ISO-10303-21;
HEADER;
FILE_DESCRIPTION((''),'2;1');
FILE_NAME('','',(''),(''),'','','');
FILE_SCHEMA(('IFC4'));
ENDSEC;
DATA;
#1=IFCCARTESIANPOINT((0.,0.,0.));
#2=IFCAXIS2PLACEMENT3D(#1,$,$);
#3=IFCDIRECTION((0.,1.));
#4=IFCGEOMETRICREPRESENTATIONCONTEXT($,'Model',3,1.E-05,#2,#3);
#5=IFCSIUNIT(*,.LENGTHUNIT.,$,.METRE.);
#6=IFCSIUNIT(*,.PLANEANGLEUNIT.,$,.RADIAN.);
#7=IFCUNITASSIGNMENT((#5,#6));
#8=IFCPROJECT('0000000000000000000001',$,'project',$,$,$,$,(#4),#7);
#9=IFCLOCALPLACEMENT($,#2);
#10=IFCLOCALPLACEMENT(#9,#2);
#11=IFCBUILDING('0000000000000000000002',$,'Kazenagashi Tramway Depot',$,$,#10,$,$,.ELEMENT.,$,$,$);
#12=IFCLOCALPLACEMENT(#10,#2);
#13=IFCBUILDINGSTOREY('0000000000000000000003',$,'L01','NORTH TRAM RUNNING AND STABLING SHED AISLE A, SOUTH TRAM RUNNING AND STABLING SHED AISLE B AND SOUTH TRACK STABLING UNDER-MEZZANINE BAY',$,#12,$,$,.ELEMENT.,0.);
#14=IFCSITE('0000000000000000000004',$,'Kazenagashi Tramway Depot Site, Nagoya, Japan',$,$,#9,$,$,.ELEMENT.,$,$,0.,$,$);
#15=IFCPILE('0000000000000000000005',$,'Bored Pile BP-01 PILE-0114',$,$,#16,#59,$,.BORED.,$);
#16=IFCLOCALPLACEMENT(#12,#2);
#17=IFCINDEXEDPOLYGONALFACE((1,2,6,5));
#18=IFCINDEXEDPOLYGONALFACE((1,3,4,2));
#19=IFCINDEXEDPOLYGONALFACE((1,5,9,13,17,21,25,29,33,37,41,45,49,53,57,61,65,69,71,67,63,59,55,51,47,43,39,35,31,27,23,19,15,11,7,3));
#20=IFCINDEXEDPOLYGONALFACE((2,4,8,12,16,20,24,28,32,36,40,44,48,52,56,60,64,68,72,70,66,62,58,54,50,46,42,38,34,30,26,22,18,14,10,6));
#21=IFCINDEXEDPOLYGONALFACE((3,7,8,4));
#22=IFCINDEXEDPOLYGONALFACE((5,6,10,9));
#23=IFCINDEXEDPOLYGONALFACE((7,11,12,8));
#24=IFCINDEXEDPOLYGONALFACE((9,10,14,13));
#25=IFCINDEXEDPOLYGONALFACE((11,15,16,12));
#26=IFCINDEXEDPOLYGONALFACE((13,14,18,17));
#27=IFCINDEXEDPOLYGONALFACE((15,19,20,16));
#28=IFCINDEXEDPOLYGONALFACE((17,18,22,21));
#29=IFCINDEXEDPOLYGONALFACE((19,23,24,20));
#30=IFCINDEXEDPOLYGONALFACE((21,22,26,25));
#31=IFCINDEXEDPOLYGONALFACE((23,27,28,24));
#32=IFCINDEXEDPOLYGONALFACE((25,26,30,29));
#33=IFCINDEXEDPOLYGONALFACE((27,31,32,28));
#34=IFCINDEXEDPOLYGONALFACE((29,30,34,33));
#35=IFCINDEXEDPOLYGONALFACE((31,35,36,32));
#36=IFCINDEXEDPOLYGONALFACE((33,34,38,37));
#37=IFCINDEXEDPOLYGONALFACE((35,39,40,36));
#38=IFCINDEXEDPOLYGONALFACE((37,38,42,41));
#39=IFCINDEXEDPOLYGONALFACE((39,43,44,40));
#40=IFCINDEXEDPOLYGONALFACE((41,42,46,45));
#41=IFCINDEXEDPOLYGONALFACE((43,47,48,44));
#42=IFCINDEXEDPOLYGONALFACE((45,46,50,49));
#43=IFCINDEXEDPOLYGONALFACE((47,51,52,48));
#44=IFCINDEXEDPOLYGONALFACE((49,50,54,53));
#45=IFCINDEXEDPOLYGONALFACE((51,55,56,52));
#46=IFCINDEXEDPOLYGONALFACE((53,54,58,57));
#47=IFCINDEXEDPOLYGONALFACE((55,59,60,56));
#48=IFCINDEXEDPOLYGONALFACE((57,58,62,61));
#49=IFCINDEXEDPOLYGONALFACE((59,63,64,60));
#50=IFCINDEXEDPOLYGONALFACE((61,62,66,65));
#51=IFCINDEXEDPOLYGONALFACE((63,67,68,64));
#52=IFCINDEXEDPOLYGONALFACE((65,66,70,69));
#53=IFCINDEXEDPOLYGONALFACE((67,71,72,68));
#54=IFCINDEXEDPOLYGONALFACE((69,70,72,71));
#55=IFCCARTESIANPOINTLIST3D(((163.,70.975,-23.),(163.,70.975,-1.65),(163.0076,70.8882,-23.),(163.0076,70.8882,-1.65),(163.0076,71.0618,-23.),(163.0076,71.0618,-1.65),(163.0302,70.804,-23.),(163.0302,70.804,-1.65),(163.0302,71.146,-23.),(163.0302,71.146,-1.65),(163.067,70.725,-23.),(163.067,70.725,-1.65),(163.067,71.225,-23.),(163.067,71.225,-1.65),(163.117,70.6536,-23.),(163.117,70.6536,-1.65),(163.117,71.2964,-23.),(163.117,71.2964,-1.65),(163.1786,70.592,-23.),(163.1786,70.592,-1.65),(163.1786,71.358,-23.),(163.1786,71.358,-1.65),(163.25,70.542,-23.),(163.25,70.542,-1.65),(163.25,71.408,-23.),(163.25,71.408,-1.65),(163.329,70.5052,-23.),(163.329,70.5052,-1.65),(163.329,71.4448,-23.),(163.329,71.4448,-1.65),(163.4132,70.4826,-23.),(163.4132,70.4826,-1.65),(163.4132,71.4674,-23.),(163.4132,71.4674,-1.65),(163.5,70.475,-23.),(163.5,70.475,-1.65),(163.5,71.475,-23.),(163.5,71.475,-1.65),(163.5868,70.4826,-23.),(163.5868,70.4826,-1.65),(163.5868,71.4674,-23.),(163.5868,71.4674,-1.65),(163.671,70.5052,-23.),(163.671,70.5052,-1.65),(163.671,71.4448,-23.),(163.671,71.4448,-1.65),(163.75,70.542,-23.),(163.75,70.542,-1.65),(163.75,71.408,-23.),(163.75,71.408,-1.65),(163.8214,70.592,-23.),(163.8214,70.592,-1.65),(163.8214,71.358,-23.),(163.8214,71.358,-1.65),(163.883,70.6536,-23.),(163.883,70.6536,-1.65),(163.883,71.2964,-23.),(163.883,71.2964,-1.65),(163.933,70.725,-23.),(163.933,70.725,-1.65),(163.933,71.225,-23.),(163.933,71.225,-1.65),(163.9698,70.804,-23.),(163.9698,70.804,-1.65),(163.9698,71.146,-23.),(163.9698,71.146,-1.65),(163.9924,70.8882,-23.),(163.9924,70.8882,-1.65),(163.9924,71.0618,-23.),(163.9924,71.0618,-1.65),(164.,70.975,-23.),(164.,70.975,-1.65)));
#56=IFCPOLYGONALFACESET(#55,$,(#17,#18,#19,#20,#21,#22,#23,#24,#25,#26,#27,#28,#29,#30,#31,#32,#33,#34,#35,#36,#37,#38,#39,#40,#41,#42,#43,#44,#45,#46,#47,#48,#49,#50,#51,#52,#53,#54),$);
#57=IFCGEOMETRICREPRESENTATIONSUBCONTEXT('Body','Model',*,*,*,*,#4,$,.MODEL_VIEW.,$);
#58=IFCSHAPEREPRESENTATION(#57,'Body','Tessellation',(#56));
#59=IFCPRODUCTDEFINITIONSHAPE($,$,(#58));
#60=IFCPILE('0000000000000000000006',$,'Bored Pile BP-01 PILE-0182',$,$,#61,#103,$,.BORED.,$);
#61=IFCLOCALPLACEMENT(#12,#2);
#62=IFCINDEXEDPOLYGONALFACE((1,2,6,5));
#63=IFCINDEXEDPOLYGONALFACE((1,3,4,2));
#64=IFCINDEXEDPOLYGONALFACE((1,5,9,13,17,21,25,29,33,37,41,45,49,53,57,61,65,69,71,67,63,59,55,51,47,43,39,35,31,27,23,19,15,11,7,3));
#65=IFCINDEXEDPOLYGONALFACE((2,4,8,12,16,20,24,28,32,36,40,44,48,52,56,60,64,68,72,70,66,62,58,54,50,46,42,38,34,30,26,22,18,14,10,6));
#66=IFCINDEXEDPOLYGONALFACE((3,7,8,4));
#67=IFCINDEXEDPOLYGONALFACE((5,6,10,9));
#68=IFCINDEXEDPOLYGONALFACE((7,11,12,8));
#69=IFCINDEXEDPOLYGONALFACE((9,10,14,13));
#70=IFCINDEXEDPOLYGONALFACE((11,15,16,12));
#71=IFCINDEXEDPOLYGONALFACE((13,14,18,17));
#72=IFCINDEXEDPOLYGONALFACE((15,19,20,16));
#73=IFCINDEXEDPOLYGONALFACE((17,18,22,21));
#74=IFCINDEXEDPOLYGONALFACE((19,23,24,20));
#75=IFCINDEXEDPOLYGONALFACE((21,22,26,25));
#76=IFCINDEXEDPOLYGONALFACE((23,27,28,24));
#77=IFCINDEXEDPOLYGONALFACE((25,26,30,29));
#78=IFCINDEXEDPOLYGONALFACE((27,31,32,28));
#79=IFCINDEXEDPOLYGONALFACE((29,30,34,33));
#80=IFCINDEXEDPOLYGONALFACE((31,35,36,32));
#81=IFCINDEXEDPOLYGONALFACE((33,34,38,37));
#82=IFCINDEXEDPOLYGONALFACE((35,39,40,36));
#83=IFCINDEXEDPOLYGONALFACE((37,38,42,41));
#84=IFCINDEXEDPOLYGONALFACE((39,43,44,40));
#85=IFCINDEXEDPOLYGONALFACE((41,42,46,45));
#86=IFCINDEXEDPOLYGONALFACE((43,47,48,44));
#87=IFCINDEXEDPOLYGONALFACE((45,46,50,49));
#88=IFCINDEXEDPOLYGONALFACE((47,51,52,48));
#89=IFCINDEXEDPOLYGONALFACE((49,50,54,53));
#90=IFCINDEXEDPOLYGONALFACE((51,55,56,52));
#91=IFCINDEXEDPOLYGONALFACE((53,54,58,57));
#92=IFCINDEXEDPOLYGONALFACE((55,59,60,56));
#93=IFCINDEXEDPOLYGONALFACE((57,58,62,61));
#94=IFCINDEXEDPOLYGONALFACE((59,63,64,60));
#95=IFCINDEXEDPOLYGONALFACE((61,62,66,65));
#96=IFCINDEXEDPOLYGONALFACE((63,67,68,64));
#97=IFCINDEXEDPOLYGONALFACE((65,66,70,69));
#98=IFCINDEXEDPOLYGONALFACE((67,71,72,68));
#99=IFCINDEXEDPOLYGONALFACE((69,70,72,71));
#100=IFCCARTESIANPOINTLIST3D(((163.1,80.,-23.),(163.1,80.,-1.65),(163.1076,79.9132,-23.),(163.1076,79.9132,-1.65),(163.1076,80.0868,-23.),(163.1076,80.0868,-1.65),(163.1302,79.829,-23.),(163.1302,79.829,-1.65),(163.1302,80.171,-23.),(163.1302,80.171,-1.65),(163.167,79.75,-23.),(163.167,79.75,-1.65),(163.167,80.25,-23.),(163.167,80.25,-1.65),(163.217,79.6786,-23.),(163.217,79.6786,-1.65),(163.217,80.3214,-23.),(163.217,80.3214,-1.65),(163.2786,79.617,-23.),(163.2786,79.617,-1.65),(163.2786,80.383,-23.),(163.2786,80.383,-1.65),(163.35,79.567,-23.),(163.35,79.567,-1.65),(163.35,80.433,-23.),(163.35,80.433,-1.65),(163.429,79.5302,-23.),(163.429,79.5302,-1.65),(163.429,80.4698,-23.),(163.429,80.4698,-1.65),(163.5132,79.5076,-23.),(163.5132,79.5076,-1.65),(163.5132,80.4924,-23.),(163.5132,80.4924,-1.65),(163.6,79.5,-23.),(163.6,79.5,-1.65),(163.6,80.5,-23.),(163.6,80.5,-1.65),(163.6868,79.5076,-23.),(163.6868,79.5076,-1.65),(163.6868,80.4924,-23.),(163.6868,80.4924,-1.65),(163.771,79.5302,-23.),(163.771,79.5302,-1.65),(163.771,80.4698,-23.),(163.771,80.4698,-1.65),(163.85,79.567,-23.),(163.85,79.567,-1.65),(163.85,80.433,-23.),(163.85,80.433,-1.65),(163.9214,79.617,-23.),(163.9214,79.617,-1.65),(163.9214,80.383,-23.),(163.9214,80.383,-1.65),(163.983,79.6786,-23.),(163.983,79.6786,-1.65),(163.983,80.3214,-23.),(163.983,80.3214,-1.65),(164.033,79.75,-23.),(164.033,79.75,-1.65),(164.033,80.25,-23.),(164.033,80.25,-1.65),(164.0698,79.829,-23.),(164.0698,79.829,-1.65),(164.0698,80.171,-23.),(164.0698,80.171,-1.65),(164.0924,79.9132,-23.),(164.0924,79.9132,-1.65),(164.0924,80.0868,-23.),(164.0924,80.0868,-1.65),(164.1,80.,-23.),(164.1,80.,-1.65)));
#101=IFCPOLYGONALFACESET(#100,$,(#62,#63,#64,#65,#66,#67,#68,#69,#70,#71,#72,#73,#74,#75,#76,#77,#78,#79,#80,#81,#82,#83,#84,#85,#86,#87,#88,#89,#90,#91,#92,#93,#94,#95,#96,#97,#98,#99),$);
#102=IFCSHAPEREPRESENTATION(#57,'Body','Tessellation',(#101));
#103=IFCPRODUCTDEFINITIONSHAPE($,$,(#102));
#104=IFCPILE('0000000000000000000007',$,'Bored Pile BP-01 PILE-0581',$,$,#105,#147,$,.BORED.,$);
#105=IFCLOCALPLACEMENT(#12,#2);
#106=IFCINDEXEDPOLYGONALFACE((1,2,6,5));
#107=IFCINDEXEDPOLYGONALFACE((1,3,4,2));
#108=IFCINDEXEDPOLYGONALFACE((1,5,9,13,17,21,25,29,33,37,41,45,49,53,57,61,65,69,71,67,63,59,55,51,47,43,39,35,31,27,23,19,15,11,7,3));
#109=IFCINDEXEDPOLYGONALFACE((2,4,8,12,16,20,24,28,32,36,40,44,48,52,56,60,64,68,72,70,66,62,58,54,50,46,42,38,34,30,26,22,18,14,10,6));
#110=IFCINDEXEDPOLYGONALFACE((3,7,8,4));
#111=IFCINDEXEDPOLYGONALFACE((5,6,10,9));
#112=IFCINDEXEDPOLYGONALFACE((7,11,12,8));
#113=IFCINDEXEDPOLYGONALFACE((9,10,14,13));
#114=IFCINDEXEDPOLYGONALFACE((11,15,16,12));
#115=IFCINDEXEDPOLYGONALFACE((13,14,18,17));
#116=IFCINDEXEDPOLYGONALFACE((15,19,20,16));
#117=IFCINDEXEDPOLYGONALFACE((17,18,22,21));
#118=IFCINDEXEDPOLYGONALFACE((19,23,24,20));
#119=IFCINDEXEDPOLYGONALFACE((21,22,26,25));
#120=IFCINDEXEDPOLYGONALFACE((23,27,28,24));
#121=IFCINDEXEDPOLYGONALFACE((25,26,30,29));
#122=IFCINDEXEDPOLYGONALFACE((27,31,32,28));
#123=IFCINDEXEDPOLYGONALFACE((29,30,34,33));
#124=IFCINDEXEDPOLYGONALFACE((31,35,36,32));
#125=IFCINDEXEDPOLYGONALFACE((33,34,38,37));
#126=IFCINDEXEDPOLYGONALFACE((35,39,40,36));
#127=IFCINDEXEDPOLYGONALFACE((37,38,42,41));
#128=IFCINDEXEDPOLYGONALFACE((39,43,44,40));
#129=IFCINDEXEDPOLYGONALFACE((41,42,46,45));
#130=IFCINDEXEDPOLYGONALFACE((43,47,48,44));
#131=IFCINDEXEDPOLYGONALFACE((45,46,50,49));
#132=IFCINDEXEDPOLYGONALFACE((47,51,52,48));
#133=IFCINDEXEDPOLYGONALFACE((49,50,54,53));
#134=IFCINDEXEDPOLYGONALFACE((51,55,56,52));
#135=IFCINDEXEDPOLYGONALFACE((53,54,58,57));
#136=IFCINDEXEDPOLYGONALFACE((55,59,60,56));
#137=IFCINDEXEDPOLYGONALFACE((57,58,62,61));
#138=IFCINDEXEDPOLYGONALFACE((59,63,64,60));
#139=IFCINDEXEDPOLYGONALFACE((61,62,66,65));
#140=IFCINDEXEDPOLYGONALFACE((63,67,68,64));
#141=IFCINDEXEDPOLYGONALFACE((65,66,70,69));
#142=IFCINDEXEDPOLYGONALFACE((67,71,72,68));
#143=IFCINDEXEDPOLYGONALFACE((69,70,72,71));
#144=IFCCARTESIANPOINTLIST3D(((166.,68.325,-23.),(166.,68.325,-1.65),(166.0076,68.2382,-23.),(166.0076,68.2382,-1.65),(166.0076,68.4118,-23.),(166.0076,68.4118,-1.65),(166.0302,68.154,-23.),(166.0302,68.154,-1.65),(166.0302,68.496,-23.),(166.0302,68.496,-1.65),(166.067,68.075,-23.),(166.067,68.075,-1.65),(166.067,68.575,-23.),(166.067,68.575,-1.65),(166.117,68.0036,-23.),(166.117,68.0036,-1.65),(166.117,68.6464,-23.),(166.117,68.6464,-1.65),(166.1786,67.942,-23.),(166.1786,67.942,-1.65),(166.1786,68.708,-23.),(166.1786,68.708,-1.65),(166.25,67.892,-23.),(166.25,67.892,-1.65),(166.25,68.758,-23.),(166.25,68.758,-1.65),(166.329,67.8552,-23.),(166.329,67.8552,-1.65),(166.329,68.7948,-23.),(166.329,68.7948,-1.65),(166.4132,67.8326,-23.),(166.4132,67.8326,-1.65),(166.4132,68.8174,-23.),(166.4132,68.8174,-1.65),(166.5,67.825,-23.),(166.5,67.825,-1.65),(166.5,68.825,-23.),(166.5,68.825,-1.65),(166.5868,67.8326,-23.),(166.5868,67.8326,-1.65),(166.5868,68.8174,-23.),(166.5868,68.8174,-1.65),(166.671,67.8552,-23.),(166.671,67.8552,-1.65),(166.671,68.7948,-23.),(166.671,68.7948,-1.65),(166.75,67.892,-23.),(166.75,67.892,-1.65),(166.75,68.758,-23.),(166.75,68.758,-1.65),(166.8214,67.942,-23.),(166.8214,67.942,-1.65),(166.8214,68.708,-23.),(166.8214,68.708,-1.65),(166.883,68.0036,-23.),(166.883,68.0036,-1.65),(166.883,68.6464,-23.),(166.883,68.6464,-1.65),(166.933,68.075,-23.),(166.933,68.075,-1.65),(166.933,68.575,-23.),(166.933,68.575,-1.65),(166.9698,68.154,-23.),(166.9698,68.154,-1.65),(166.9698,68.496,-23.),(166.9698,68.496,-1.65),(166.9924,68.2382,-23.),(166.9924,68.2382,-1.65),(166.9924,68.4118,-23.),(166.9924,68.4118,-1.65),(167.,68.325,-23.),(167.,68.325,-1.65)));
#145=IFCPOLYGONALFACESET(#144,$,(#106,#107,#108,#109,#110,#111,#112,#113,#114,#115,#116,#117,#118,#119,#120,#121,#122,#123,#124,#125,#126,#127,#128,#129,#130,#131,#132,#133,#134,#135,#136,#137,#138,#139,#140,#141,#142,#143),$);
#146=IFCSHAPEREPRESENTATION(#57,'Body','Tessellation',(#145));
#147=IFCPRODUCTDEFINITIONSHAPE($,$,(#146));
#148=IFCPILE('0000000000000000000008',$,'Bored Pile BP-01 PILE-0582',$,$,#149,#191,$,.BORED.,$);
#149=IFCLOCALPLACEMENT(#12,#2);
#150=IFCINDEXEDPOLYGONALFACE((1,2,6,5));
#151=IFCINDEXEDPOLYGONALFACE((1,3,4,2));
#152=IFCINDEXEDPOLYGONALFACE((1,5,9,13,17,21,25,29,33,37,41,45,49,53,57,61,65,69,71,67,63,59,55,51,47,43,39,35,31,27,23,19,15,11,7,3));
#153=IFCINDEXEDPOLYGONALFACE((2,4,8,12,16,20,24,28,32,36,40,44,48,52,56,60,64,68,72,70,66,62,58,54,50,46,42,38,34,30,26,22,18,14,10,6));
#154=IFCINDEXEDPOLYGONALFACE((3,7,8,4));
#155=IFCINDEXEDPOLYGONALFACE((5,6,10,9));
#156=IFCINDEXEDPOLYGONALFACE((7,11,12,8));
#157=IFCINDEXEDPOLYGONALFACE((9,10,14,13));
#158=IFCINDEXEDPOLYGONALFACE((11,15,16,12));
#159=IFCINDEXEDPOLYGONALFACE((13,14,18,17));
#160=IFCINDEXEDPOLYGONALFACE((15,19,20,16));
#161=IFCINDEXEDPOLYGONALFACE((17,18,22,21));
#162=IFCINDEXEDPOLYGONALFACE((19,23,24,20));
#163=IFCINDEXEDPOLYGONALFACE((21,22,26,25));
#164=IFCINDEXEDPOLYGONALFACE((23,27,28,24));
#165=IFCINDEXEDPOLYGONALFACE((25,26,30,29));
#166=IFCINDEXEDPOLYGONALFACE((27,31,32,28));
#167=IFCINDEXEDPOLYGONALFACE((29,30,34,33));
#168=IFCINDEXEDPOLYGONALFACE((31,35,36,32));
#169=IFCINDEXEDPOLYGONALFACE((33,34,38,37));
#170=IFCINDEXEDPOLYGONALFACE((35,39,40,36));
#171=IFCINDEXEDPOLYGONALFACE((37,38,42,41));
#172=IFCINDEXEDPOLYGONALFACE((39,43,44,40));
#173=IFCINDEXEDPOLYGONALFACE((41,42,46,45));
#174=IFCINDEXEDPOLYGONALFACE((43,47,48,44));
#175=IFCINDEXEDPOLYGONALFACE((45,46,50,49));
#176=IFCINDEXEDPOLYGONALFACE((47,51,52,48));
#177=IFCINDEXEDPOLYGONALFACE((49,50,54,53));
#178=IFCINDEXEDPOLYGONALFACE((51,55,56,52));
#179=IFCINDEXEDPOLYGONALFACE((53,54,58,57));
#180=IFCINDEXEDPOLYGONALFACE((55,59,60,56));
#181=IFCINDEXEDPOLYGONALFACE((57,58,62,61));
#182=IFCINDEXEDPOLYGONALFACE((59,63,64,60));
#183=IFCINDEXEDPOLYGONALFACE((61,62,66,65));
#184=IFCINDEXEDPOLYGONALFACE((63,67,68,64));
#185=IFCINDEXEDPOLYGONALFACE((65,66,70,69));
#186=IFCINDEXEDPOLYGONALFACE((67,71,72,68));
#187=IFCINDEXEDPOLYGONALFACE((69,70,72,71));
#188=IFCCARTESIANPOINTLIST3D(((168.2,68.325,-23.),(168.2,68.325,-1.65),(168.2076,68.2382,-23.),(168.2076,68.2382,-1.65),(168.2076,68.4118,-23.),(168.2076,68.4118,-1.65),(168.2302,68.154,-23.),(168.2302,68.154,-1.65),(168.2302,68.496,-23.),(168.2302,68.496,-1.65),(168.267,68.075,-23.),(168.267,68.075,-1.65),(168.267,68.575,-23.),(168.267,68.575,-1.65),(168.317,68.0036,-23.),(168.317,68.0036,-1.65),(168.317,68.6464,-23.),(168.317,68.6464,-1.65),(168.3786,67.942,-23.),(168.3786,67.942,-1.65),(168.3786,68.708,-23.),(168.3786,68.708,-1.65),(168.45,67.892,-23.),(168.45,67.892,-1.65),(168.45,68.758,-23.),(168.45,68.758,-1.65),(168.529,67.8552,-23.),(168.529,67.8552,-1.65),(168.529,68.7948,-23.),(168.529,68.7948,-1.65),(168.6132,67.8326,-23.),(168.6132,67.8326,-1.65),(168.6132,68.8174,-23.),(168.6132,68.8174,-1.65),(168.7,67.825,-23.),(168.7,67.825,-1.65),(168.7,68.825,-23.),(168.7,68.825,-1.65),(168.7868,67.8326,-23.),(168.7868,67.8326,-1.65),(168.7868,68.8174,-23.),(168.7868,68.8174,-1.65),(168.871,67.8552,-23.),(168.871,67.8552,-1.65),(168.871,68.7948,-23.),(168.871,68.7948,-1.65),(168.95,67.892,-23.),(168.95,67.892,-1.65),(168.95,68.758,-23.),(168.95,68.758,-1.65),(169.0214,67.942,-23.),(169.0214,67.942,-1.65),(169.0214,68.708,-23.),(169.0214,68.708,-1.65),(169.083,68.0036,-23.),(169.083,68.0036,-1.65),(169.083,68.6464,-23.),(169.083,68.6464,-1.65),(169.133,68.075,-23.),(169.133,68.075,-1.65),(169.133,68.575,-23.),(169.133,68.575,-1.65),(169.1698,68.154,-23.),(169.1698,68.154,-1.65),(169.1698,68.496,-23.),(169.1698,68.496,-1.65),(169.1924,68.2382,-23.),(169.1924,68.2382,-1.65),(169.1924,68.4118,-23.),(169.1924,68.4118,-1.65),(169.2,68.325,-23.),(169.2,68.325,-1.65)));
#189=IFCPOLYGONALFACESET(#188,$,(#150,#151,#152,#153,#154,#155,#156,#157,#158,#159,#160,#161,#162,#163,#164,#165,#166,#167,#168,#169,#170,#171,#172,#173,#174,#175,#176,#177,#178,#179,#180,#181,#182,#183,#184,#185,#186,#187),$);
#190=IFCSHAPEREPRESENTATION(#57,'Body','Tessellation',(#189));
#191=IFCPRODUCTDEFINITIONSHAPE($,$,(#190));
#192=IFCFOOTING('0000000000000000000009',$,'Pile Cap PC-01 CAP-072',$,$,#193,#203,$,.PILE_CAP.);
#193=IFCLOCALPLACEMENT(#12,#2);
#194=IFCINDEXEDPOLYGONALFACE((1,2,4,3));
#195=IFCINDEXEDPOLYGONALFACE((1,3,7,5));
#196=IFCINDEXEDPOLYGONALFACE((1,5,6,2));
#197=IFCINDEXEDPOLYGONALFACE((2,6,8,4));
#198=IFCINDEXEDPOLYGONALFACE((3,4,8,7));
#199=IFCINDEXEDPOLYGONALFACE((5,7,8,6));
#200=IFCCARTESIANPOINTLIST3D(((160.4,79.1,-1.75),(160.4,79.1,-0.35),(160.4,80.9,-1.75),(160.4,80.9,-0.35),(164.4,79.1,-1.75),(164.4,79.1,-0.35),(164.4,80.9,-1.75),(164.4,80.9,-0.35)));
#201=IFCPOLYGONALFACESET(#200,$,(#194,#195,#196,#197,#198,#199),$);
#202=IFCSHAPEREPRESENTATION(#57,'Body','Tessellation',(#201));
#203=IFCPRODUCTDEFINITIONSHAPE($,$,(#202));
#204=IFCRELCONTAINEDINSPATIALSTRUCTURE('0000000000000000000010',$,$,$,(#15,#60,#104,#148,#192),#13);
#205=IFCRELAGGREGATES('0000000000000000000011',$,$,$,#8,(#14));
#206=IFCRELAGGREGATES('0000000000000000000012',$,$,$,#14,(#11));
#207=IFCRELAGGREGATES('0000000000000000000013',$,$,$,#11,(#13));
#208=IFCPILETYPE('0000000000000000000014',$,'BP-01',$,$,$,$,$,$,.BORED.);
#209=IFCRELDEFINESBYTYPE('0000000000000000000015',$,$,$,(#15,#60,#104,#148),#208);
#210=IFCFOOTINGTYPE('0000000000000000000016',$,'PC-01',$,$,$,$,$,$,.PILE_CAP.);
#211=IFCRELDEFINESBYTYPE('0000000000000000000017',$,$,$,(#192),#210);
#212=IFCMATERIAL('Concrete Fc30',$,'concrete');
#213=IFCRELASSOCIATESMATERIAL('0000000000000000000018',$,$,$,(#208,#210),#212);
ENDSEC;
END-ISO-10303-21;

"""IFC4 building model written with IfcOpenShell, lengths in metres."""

from ifc_helpers import new_model, si_unit, direction, frame, origin, origin_2d, place, context, subcontext, project, spatial, rectangle, circle, extrude, material, material_profile, profile_set, type_object, element, save


model = new_model("IFC4")

# Units and contexts
model_context = context("Model", 3, precision=1e-05, world=origin(), true_north=direction((0.0, 1.0)))
body_context = subcontext(model_context, "Body", "Model", "MODEL_VIEW")
ifc_project = project(units=[si_unit("LENGTHUNIT", "METRE"), si_unit("PLANEANGLEUNIT", "RADIAN")], contexts=[model_context])

# Site, building, storey
site_placement = place(None, origin())
site = spatial("IfcSite", under=ifc_project, at=site_placement, Name="Kazenagashi Tramway Depot Site, Nagoya, Japan", CompositionType="ELEMENT", RefElevation=0.0)
building_placement = place(site_placement, origin())
building = spatial("IfcBuilding", under=site, at=building_placement, Name="Kazenagashi Tramway Depot", CompositionType="ELEMENT")
storey_placement = place(building_placement, origin())
storey = spatial("IfcBuildingStorey", under=building, at=storey_placement, Name="L01", Description="NORTH TRAM RUNNING AND STABLING SHED AISLE A, SOUTH TRAM RUNNING AND STABLING SHED AISLE B AND SOUTH TRACK STABLING UNDER-MEZZANINE BAY", CompositionType="ELEMENT", Elevation=0.0)

# Piles
ifc_material_1 = material(Name="Concrete Fc30", Category="concrete")
ifc_material_profile_1 = material_profile(ifc_material_1, circle(Radius=0.5, at=origin_2d()), Name="PILE-1000")
ifc_profile_set_1 = profile_set([ifc_material_profile_1], Name="Concrete Fc30")
pile_type = type_object("IfcPileType", Name="BP-01", PredefinedType="BORED", material=ifc_profile_set_1)
for number, where, z_axis, x_axis, name in (
    (1, (163.5, 70.975, -1.65), (0.0, 0.0, -1.0), (1.0, 0.0, 0.0), "Bored Pile BP-01 PILE-0114"),
    (2, (163.6, 80.0, -1.65), (0.0, 0.0, -1.0), (1.0, 0.0, 0.0), "Bored Pile BP-01 PILE-0182"),
    (3, (166.5, 68.325, -1.65), (0.0, 0.0, -1.0), (1.0, 0.0, 0.0), "Bored Pile BP-01 PILE-0581"),
    (4, (168.7, 68.325, -1.65), (0.0, 0.0, -1.0), (1.0, 0.0, 0.0), "Bored Pile BP-01 PILE-0582"),
):
    element("IfcPile", number, at=place(storey_placement, frame(where, z_axis=z_axis, x_axis=x_axis)), inside=storey, type_object=pile_type, Name=name, PredefinedType="BORED", context=body_context, shape_type="SweptSolid", body=[
        extrude(circle(Radius=0.5, at=origin_2d()), origin(), (0.0, 0.0, 1.0), 21.35),
    ])

# Footing
footing_type_1 = type_object("IfcFootingType", Name="PC-01", PredefinedType="PILE_CAP", material=ifc_material_1)
footing_placement = place(storey_placement, frame((162.4, 80.0, -1.75), z_axis=(0.0, 0.0, 1.0), x_axis=(1.0, 0.0, 0.0)))
element("IfcFooting", 5, at=footing_placement, inside=storey, type_object=footing_type_1, Name="Pile Cap PC-01 CAP-072", PredefinedType="PILE_CAP", context=body_context, shape_type="SweptSolid", body=[
    extrude(rectangle(XDim=4.0, YDim=1.8, at=origin_2d()), origin(), (0.0, 0.0, 1.0), 1.4),
])

save(model, "model.ifc")
